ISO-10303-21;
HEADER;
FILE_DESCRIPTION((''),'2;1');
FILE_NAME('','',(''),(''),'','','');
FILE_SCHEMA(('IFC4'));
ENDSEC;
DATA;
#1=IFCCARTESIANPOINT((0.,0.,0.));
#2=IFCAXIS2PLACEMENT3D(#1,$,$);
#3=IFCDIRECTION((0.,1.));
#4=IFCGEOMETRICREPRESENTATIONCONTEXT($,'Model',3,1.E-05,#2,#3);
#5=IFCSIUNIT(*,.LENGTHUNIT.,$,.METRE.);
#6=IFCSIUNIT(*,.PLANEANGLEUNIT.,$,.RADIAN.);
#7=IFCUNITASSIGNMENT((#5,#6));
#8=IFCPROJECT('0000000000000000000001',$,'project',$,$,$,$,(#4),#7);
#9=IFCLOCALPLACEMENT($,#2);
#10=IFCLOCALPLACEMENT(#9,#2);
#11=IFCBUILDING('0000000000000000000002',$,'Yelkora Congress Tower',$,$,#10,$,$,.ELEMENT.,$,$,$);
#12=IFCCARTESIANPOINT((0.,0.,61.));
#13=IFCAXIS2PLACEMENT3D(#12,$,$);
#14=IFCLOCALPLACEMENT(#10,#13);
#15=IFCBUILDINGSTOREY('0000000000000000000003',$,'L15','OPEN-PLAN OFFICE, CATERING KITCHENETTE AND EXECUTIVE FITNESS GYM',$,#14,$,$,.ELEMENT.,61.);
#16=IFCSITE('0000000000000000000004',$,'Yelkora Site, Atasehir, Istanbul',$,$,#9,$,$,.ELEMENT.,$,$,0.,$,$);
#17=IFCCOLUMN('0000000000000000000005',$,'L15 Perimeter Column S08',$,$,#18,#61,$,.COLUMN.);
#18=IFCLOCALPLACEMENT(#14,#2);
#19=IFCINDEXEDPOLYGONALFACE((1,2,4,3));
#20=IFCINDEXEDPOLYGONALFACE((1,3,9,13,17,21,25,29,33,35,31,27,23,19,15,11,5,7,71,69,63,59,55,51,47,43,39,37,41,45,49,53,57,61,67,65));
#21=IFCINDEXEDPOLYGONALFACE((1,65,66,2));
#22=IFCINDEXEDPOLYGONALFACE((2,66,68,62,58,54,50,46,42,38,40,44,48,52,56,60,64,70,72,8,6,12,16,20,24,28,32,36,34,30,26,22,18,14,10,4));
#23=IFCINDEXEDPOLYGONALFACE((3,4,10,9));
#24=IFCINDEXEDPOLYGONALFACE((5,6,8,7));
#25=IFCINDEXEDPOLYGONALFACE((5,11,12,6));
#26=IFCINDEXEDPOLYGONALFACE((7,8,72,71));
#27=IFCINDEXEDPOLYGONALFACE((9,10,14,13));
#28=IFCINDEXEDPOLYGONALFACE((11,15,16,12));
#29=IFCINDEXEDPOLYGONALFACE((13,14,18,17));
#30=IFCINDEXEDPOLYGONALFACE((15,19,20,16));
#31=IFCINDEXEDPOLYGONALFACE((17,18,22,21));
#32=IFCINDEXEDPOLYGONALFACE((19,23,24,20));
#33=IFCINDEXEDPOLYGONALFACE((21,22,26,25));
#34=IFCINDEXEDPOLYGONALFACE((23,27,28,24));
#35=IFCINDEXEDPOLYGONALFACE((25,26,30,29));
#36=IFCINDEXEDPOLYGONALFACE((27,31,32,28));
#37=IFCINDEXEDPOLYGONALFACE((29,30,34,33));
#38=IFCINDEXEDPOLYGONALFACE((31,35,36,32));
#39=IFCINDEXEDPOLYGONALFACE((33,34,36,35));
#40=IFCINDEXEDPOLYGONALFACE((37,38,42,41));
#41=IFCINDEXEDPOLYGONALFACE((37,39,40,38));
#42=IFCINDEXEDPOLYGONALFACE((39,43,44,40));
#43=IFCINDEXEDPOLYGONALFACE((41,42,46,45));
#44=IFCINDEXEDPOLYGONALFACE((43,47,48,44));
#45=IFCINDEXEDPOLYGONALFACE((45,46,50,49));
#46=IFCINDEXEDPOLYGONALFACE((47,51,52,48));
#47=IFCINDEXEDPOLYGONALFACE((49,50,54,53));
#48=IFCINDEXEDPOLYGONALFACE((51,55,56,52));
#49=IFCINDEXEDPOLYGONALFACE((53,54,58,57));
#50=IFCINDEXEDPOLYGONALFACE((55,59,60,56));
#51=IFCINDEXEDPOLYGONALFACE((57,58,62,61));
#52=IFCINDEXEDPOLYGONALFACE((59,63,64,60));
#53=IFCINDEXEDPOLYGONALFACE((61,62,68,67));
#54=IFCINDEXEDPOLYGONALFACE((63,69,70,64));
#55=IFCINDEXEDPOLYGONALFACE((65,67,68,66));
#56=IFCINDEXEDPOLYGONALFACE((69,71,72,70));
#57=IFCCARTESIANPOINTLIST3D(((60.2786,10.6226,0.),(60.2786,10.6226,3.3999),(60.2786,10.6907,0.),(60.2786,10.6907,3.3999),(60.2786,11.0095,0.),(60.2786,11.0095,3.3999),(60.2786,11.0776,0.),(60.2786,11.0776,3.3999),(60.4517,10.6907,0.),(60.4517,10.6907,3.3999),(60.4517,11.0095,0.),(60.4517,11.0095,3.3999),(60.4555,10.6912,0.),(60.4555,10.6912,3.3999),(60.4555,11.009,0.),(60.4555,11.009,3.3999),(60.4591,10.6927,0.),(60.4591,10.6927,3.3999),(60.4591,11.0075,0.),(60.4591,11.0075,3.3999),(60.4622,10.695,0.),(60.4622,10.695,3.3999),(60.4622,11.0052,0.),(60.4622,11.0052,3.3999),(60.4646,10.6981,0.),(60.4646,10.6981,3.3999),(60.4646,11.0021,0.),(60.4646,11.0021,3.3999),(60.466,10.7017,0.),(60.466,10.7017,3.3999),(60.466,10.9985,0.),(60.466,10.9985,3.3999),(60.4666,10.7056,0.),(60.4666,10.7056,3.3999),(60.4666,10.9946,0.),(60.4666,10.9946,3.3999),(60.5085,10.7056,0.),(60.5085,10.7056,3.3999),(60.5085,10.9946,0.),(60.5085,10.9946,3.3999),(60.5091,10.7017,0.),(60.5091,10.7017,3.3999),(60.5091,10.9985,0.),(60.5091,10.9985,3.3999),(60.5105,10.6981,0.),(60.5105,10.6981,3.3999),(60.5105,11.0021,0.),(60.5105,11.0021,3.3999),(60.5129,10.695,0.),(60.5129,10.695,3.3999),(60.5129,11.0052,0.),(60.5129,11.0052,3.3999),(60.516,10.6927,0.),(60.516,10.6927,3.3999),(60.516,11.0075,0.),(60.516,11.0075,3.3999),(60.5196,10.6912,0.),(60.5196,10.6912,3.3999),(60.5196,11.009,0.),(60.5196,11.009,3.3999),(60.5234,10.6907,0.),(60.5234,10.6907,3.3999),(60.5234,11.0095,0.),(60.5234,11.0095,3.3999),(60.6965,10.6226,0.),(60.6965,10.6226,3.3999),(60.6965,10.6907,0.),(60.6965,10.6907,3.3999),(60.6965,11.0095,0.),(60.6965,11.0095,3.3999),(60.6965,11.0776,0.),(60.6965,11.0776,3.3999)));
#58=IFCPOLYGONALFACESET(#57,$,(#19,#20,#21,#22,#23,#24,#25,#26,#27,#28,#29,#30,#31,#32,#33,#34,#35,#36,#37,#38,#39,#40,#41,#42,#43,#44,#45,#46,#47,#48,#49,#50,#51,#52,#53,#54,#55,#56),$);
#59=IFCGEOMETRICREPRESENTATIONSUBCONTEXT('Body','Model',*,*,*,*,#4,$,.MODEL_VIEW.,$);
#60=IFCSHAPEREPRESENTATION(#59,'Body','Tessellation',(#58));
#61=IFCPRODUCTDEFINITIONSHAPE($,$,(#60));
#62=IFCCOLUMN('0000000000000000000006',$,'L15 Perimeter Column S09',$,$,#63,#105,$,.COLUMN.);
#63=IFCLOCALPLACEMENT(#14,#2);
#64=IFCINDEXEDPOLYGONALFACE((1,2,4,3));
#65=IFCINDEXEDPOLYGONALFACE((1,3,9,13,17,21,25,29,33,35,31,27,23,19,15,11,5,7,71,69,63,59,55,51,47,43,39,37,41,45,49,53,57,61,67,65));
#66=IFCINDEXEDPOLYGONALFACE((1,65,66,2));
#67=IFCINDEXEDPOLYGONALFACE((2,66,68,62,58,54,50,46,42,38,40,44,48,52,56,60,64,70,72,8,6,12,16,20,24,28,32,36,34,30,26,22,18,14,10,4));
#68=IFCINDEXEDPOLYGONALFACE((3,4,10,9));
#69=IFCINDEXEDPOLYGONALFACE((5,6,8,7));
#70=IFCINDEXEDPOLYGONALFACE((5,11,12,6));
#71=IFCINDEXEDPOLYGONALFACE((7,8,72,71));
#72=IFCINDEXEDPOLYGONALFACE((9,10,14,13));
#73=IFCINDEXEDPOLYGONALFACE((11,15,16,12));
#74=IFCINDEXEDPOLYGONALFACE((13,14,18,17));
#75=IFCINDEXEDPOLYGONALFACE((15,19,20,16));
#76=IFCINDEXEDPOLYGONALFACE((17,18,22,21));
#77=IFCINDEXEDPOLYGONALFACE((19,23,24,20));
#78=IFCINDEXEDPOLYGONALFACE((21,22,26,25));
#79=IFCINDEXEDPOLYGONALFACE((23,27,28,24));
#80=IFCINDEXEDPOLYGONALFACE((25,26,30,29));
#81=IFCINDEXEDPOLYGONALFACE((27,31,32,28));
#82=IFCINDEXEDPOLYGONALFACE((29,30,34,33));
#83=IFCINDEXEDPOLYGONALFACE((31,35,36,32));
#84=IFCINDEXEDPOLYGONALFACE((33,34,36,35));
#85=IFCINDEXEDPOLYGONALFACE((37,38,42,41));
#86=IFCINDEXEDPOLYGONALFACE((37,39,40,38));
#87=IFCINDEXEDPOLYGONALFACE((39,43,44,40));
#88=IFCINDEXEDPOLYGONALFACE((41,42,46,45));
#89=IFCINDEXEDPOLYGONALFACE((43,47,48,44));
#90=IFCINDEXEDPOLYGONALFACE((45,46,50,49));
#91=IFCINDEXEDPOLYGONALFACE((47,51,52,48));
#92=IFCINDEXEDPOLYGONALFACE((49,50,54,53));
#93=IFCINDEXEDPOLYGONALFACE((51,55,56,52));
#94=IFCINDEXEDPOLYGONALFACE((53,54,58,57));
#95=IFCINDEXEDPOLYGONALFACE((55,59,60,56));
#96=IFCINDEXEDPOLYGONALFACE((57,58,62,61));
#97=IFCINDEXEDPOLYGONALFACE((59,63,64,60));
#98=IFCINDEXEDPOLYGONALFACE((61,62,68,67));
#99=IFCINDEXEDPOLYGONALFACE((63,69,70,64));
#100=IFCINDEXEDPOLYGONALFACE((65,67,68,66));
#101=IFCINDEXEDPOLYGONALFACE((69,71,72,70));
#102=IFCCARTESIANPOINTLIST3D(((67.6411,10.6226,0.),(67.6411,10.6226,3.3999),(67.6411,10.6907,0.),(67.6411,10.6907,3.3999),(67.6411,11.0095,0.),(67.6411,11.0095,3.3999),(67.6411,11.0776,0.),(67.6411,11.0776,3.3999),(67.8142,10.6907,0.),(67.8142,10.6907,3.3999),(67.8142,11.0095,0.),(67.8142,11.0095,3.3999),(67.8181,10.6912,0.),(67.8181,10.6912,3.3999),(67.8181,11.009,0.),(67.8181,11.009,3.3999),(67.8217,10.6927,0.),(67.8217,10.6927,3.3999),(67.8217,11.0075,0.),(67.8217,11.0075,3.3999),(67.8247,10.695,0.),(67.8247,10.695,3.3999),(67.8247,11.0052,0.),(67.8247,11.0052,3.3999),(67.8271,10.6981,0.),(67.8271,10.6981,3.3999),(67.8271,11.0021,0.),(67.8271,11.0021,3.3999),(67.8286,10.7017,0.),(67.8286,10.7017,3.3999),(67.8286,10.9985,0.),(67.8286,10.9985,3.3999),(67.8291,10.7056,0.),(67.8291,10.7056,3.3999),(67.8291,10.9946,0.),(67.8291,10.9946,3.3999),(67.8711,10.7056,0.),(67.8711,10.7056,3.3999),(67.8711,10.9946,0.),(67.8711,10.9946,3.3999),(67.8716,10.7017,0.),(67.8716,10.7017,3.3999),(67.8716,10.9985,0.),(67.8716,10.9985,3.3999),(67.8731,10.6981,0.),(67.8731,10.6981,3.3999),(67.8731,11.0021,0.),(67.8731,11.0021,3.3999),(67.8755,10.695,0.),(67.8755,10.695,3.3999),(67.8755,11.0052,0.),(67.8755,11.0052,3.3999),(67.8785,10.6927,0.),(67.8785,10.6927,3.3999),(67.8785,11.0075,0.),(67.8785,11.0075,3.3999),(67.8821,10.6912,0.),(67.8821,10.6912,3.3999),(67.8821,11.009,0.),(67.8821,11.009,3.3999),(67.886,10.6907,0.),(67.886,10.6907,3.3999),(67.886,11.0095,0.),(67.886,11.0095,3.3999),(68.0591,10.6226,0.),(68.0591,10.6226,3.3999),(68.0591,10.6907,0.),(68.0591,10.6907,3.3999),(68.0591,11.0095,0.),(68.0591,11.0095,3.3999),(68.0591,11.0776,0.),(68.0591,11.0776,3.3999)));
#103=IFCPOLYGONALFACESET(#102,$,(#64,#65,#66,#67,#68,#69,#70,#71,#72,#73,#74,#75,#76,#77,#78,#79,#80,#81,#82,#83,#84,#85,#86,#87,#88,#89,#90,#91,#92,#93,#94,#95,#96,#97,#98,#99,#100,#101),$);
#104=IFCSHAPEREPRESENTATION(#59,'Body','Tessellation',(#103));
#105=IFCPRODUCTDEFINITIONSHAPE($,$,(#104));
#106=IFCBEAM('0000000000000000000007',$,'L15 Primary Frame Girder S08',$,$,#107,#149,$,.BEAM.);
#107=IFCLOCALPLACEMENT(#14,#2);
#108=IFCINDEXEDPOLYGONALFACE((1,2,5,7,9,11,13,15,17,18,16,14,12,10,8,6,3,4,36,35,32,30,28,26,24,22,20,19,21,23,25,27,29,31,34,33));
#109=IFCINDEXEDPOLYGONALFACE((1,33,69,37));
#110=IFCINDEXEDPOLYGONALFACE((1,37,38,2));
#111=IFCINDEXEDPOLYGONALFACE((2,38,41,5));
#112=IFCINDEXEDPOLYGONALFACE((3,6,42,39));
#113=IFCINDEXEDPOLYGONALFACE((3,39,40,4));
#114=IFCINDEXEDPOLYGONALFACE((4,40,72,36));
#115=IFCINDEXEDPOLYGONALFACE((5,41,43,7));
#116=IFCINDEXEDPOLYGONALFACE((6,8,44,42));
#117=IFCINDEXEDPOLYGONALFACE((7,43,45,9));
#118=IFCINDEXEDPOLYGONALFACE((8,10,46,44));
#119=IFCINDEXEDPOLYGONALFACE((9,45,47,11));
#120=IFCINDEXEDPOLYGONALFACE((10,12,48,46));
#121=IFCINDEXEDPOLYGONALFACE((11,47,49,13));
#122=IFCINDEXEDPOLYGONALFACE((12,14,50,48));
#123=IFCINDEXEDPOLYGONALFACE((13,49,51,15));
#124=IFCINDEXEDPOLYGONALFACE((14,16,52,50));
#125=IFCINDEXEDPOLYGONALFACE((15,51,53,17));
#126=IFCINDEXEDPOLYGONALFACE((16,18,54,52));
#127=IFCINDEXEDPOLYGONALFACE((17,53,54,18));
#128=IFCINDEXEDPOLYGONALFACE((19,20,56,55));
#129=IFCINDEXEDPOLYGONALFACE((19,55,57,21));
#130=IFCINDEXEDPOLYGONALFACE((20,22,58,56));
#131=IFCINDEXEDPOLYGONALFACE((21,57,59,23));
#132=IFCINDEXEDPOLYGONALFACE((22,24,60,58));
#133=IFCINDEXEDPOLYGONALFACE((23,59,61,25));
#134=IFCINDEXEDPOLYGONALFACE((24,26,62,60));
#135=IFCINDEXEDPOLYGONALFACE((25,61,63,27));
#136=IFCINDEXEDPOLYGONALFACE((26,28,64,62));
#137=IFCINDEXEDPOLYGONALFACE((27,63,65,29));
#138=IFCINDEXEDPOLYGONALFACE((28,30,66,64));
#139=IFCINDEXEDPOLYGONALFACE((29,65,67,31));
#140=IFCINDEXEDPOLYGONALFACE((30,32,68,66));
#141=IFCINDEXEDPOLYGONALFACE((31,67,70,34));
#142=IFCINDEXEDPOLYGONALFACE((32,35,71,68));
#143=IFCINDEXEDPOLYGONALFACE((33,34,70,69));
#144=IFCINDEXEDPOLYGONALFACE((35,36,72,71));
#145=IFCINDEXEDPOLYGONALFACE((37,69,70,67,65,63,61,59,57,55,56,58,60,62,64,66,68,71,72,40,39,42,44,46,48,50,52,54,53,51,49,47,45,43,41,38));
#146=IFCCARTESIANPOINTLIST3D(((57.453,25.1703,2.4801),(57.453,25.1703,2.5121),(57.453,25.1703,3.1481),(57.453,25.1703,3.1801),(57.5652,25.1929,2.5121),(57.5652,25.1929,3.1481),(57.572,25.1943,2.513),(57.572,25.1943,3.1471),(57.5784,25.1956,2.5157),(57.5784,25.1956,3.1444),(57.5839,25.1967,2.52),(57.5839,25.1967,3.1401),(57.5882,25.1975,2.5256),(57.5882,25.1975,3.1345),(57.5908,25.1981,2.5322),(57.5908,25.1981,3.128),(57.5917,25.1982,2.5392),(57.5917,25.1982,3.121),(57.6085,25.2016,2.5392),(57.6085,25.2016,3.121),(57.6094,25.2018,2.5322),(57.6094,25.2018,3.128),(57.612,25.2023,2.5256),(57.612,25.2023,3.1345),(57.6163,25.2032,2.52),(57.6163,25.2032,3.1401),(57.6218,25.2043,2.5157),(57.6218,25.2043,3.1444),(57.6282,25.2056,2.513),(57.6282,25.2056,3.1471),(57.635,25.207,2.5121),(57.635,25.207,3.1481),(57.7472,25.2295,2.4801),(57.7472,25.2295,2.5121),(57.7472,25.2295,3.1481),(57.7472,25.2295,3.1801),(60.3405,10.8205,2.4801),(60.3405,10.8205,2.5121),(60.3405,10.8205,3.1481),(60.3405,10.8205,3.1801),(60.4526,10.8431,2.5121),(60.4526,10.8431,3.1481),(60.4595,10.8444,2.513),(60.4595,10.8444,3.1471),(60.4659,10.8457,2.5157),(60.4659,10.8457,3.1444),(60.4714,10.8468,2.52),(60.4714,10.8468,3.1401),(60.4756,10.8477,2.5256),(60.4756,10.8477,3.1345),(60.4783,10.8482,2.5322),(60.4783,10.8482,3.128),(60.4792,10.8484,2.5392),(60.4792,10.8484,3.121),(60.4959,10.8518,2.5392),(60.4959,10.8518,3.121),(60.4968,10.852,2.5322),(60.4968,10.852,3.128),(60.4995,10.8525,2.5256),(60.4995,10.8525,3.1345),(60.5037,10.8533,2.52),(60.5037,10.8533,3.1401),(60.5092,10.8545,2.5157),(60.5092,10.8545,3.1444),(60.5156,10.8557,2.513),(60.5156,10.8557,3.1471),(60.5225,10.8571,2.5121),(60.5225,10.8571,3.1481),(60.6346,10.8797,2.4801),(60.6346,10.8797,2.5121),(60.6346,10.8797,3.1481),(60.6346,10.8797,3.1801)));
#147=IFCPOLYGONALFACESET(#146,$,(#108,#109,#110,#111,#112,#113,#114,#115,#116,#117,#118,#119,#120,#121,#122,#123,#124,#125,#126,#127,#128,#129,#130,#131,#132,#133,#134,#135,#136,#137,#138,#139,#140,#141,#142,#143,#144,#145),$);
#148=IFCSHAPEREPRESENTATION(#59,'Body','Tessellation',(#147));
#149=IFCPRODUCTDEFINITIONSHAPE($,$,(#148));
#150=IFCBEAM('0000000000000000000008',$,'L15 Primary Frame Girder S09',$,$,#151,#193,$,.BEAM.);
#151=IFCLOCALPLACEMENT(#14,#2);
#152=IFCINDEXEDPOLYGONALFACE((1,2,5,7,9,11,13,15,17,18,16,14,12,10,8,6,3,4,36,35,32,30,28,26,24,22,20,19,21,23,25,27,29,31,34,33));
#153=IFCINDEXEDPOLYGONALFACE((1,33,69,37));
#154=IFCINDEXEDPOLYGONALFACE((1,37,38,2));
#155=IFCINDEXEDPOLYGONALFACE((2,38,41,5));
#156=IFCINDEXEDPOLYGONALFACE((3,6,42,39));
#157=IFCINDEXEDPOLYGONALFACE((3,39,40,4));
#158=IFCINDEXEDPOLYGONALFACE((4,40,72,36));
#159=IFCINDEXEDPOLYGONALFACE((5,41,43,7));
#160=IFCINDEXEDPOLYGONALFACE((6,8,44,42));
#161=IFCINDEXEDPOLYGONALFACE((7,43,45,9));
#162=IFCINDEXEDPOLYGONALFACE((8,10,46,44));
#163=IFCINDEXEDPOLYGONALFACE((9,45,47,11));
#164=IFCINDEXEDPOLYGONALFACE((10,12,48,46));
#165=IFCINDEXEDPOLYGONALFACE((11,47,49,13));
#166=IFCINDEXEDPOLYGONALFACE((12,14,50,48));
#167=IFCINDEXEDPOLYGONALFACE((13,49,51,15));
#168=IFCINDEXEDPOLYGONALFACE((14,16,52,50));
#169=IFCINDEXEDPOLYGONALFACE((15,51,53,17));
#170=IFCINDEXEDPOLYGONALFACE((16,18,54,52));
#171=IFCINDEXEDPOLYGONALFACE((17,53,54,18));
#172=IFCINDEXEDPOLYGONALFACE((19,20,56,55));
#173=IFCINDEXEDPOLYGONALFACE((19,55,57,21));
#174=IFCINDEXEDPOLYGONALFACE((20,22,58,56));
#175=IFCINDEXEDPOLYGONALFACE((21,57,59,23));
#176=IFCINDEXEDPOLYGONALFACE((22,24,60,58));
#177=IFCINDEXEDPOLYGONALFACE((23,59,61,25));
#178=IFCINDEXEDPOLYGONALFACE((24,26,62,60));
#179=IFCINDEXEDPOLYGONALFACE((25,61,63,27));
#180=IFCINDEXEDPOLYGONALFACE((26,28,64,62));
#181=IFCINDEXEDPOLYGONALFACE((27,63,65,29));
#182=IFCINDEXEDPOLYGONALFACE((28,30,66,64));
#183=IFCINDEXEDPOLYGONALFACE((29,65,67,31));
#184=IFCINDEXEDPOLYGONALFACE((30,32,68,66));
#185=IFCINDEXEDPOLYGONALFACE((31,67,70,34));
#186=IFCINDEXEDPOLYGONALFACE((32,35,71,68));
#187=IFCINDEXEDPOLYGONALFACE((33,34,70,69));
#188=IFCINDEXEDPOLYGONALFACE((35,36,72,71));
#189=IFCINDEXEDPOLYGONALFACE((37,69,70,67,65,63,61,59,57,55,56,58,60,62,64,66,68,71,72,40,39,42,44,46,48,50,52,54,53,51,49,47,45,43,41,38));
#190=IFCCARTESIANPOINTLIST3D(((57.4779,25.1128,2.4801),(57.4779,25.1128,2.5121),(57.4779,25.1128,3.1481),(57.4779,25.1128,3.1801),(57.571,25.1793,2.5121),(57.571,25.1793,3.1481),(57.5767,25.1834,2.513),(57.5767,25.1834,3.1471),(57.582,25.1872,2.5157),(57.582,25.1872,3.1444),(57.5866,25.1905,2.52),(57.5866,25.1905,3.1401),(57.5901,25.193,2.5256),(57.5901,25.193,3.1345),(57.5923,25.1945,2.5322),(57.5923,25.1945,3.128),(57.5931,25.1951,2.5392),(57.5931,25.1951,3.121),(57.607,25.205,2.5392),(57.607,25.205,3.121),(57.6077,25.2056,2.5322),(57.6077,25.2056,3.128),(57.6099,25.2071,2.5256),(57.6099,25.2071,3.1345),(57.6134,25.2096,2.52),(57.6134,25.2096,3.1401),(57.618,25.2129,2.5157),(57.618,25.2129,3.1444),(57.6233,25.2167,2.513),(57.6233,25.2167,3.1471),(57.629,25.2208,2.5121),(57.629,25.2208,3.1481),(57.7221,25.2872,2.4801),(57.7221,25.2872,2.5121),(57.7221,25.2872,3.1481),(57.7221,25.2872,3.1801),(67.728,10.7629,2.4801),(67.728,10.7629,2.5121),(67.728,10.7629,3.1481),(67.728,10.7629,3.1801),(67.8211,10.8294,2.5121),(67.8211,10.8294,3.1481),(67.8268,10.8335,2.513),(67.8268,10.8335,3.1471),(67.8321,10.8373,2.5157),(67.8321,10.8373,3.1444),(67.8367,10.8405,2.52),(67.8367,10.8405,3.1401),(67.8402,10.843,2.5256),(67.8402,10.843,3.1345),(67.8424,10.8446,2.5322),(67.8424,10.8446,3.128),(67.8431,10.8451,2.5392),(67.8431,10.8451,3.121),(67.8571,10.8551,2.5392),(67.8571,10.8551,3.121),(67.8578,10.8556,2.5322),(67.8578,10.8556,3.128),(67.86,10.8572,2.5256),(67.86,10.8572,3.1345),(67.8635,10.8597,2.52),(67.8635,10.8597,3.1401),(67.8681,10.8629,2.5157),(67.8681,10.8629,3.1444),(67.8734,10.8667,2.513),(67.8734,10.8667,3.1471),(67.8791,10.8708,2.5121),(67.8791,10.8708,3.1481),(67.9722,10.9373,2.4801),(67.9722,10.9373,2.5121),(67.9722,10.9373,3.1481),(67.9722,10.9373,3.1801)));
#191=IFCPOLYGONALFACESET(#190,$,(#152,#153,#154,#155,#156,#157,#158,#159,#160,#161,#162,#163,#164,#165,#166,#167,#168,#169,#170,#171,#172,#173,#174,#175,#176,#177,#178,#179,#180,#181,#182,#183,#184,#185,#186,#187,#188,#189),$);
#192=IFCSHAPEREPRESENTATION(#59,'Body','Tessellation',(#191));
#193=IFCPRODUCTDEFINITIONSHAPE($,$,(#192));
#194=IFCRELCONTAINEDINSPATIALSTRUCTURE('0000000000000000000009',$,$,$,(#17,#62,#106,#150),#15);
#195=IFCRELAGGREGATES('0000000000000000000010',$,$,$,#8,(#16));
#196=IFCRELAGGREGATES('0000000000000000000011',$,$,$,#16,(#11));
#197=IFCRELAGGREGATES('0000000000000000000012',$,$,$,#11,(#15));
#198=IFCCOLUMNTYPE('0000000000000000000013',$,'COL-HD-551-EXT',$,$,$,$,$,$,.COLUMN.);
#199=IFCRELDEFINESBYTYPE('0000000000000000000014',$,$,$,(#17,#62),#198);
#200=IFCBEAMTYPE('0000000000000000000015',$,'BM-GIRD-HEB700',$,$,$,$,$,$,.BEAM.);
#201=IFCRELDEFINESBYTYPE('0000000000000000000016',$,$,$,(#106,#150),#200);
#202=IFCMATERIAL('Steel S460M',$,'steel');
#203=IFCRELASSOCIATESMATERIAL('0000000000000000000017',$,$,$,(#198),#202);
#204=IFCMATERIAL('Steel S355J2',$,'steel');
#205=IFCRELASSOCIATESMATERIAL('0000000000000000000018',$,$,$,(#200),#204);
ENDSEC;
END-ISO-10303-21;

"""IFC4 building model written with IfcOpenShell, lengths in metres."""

from ifc_helpers import new_model, si_unit, direction, frame, origin, origin_2d, place, context, subcontext, project, spatial, i_section, extrude, material, material_profile, profile_set, type_object, element, save


model = new_model("IFC4")

# Units and contexts
model_context = context("Model", 3, precision=1e-05, world=origin(), true_north=direction((0.0, 1.0)))
body_context = subcontext(model_context, "Body", "Model", "MODEL_VIEW")
ifc_project = project(units=[si_unit("LENGTHUNIT", "METRE"), si_unit("PLANEANGLEUNIT", "RADIAN")], contexts=[model_context])

# Site, building, storey
site_placement = place(None, origin())
site = spatial("IfcSite", under=ifc_project, at=site_placement, Name="Yelkora Site, Atasehir, Istanbul", CompositionType="ELEMENT", RefElevation=0.0)
building_placement = place(site_placement, origin())
building = spatial("IfcBuilding", under=site, at=building_placement, Name="Yelkora Congress Tower", CompositionType="ELEMENT")
storey_placement = place(building_placement, frame((0.0, 0.0, 61.0)))
storey = spatial("IfcBuildingStorey", under=building, at=storey_placement, Name="L15", Description="OPEN-PLAN OFFICE, CATERING KITCHENETTE AND EXECUTIVE FITNESS GYM", CompositionType="ELEMENT", Elevation=61.0)

# Columns
ifc_material_1 = material(Name="Steel S460M", Category="steel")
ifc_material_profile_1 = material_profile(ifc_material_1, i_section(OverallWidth=0.418, OverallDepth=0.4551, WebThickness=0.042, FlangeThickness=0.0681, FilletRadius=0.0149, at=origin_2d()), Name="HD 400x551")
ifc_profile_set_1 = profile_set([ifc_material_profile_1], Name="Steel S460M")
column_type = type_object("IfcColumnType", Name="COL-HD-551-EXT", PredefinedType="COLUMN", material=ifc_profile_set_1)
for number, where, z_axis, x_axis, name in (
    (1, (60.4875, 10.8501, 0.0), (0.0, 0.0, 1.0), (1.0, 0.0, 0.0), "L15 Perimeter Column S08"),
    (2, (67.8501, 10.8501, 0.0), (0.0, 0.0, 1.0), (1.0, 0.0, 0.0), "L15 Perimeter Column S09"),
):
    element("IfcColumn", number, at=place(storey_placement, frame(where, z_axis=z_axis, x_axis=x_axis)), inside=storey, type_object=column_type, Name=name, PredefinedType="COLUMN", context=body_context, shape_type="SweptSolid", body=[
        extrude(i_section(OverallWidth=0.418, OverallDepth=0.4551, WebThickness=0.042, FlangeThickness=0.0681, FilletRadius=0.0149, at=origin_2d()), origin(), (0.0, 0.0, 1.0), 3.3999),
    ])

# Beams
ifc_material_2 = material(Name="Steel S355J2", Category="steel")
ifc_material_profile_2 = material_profile(ifc_material_2, i_section(OverallWidth=0.3, OverallDepth=0.7, WebThickness=0.0171, FlangeThickness=0.032, FilletRadius=0.0271, at=origin_2d()), Name="HEB 700")
ifc_profile_set_2 = profile_set([ifc_material_profile_2], Name="Steel S355J2")
beam_type_1 = type_object("IfcBeamType", Name="BM-GIRD-HEB700", PredefinedType="BEAM", material=ifc_profile_set_2)
beam_1_placement = place(storey_placement, frame((60.4875, 10.8501, 2.8301), z_axis=(-0.197264, 0.98035, 0.0), x_axis=(-0.98035, -0.197264, 0.0)))
element("IfcBeam", 3, at=beam_1_placement, inside=storey, type_object=beam_type_1, Name="L15 Primary Frame Girder S08", PredefinedType="BEAM", context=body_context, shape_type="SweptSolid", body=[
    extrude(i_section(OverallWidth=0.3, OverallDepth=0.7, WebThickness=0.0171, FlangeThickness=0.032, FilletRadius=0.0271, at=origin_2d()), origin(), (0.0, 0.0, 1.0), 14.6375),
])
beam_2_placement = place(storey_placement, frame((67.8501, 10.8501, 2.8301), z_axis=(-0.581242, 0.813731, 0.0), x_axis=(-0.813731, -0.581242, 0.0)))
element("IfcBeam", 4, at=beam_2_placement, inside=storey, type_object=beam_type_1, Name="L15 Primary Frame Girder S09", PredefinedType="BEAM", context=body_context, shape_type="SweptSolid", body=[
    extrude(i_section(OverallWidth=0.3, OverallDepth=0.7, WebThickness=0.0171, FlangeThickness=0.032, FilletRadius=0.0271, at=origin_2d()), origin(), (0.0, 0.0, 1.0), 17.6348),
])

save(model, "model.ifc")
